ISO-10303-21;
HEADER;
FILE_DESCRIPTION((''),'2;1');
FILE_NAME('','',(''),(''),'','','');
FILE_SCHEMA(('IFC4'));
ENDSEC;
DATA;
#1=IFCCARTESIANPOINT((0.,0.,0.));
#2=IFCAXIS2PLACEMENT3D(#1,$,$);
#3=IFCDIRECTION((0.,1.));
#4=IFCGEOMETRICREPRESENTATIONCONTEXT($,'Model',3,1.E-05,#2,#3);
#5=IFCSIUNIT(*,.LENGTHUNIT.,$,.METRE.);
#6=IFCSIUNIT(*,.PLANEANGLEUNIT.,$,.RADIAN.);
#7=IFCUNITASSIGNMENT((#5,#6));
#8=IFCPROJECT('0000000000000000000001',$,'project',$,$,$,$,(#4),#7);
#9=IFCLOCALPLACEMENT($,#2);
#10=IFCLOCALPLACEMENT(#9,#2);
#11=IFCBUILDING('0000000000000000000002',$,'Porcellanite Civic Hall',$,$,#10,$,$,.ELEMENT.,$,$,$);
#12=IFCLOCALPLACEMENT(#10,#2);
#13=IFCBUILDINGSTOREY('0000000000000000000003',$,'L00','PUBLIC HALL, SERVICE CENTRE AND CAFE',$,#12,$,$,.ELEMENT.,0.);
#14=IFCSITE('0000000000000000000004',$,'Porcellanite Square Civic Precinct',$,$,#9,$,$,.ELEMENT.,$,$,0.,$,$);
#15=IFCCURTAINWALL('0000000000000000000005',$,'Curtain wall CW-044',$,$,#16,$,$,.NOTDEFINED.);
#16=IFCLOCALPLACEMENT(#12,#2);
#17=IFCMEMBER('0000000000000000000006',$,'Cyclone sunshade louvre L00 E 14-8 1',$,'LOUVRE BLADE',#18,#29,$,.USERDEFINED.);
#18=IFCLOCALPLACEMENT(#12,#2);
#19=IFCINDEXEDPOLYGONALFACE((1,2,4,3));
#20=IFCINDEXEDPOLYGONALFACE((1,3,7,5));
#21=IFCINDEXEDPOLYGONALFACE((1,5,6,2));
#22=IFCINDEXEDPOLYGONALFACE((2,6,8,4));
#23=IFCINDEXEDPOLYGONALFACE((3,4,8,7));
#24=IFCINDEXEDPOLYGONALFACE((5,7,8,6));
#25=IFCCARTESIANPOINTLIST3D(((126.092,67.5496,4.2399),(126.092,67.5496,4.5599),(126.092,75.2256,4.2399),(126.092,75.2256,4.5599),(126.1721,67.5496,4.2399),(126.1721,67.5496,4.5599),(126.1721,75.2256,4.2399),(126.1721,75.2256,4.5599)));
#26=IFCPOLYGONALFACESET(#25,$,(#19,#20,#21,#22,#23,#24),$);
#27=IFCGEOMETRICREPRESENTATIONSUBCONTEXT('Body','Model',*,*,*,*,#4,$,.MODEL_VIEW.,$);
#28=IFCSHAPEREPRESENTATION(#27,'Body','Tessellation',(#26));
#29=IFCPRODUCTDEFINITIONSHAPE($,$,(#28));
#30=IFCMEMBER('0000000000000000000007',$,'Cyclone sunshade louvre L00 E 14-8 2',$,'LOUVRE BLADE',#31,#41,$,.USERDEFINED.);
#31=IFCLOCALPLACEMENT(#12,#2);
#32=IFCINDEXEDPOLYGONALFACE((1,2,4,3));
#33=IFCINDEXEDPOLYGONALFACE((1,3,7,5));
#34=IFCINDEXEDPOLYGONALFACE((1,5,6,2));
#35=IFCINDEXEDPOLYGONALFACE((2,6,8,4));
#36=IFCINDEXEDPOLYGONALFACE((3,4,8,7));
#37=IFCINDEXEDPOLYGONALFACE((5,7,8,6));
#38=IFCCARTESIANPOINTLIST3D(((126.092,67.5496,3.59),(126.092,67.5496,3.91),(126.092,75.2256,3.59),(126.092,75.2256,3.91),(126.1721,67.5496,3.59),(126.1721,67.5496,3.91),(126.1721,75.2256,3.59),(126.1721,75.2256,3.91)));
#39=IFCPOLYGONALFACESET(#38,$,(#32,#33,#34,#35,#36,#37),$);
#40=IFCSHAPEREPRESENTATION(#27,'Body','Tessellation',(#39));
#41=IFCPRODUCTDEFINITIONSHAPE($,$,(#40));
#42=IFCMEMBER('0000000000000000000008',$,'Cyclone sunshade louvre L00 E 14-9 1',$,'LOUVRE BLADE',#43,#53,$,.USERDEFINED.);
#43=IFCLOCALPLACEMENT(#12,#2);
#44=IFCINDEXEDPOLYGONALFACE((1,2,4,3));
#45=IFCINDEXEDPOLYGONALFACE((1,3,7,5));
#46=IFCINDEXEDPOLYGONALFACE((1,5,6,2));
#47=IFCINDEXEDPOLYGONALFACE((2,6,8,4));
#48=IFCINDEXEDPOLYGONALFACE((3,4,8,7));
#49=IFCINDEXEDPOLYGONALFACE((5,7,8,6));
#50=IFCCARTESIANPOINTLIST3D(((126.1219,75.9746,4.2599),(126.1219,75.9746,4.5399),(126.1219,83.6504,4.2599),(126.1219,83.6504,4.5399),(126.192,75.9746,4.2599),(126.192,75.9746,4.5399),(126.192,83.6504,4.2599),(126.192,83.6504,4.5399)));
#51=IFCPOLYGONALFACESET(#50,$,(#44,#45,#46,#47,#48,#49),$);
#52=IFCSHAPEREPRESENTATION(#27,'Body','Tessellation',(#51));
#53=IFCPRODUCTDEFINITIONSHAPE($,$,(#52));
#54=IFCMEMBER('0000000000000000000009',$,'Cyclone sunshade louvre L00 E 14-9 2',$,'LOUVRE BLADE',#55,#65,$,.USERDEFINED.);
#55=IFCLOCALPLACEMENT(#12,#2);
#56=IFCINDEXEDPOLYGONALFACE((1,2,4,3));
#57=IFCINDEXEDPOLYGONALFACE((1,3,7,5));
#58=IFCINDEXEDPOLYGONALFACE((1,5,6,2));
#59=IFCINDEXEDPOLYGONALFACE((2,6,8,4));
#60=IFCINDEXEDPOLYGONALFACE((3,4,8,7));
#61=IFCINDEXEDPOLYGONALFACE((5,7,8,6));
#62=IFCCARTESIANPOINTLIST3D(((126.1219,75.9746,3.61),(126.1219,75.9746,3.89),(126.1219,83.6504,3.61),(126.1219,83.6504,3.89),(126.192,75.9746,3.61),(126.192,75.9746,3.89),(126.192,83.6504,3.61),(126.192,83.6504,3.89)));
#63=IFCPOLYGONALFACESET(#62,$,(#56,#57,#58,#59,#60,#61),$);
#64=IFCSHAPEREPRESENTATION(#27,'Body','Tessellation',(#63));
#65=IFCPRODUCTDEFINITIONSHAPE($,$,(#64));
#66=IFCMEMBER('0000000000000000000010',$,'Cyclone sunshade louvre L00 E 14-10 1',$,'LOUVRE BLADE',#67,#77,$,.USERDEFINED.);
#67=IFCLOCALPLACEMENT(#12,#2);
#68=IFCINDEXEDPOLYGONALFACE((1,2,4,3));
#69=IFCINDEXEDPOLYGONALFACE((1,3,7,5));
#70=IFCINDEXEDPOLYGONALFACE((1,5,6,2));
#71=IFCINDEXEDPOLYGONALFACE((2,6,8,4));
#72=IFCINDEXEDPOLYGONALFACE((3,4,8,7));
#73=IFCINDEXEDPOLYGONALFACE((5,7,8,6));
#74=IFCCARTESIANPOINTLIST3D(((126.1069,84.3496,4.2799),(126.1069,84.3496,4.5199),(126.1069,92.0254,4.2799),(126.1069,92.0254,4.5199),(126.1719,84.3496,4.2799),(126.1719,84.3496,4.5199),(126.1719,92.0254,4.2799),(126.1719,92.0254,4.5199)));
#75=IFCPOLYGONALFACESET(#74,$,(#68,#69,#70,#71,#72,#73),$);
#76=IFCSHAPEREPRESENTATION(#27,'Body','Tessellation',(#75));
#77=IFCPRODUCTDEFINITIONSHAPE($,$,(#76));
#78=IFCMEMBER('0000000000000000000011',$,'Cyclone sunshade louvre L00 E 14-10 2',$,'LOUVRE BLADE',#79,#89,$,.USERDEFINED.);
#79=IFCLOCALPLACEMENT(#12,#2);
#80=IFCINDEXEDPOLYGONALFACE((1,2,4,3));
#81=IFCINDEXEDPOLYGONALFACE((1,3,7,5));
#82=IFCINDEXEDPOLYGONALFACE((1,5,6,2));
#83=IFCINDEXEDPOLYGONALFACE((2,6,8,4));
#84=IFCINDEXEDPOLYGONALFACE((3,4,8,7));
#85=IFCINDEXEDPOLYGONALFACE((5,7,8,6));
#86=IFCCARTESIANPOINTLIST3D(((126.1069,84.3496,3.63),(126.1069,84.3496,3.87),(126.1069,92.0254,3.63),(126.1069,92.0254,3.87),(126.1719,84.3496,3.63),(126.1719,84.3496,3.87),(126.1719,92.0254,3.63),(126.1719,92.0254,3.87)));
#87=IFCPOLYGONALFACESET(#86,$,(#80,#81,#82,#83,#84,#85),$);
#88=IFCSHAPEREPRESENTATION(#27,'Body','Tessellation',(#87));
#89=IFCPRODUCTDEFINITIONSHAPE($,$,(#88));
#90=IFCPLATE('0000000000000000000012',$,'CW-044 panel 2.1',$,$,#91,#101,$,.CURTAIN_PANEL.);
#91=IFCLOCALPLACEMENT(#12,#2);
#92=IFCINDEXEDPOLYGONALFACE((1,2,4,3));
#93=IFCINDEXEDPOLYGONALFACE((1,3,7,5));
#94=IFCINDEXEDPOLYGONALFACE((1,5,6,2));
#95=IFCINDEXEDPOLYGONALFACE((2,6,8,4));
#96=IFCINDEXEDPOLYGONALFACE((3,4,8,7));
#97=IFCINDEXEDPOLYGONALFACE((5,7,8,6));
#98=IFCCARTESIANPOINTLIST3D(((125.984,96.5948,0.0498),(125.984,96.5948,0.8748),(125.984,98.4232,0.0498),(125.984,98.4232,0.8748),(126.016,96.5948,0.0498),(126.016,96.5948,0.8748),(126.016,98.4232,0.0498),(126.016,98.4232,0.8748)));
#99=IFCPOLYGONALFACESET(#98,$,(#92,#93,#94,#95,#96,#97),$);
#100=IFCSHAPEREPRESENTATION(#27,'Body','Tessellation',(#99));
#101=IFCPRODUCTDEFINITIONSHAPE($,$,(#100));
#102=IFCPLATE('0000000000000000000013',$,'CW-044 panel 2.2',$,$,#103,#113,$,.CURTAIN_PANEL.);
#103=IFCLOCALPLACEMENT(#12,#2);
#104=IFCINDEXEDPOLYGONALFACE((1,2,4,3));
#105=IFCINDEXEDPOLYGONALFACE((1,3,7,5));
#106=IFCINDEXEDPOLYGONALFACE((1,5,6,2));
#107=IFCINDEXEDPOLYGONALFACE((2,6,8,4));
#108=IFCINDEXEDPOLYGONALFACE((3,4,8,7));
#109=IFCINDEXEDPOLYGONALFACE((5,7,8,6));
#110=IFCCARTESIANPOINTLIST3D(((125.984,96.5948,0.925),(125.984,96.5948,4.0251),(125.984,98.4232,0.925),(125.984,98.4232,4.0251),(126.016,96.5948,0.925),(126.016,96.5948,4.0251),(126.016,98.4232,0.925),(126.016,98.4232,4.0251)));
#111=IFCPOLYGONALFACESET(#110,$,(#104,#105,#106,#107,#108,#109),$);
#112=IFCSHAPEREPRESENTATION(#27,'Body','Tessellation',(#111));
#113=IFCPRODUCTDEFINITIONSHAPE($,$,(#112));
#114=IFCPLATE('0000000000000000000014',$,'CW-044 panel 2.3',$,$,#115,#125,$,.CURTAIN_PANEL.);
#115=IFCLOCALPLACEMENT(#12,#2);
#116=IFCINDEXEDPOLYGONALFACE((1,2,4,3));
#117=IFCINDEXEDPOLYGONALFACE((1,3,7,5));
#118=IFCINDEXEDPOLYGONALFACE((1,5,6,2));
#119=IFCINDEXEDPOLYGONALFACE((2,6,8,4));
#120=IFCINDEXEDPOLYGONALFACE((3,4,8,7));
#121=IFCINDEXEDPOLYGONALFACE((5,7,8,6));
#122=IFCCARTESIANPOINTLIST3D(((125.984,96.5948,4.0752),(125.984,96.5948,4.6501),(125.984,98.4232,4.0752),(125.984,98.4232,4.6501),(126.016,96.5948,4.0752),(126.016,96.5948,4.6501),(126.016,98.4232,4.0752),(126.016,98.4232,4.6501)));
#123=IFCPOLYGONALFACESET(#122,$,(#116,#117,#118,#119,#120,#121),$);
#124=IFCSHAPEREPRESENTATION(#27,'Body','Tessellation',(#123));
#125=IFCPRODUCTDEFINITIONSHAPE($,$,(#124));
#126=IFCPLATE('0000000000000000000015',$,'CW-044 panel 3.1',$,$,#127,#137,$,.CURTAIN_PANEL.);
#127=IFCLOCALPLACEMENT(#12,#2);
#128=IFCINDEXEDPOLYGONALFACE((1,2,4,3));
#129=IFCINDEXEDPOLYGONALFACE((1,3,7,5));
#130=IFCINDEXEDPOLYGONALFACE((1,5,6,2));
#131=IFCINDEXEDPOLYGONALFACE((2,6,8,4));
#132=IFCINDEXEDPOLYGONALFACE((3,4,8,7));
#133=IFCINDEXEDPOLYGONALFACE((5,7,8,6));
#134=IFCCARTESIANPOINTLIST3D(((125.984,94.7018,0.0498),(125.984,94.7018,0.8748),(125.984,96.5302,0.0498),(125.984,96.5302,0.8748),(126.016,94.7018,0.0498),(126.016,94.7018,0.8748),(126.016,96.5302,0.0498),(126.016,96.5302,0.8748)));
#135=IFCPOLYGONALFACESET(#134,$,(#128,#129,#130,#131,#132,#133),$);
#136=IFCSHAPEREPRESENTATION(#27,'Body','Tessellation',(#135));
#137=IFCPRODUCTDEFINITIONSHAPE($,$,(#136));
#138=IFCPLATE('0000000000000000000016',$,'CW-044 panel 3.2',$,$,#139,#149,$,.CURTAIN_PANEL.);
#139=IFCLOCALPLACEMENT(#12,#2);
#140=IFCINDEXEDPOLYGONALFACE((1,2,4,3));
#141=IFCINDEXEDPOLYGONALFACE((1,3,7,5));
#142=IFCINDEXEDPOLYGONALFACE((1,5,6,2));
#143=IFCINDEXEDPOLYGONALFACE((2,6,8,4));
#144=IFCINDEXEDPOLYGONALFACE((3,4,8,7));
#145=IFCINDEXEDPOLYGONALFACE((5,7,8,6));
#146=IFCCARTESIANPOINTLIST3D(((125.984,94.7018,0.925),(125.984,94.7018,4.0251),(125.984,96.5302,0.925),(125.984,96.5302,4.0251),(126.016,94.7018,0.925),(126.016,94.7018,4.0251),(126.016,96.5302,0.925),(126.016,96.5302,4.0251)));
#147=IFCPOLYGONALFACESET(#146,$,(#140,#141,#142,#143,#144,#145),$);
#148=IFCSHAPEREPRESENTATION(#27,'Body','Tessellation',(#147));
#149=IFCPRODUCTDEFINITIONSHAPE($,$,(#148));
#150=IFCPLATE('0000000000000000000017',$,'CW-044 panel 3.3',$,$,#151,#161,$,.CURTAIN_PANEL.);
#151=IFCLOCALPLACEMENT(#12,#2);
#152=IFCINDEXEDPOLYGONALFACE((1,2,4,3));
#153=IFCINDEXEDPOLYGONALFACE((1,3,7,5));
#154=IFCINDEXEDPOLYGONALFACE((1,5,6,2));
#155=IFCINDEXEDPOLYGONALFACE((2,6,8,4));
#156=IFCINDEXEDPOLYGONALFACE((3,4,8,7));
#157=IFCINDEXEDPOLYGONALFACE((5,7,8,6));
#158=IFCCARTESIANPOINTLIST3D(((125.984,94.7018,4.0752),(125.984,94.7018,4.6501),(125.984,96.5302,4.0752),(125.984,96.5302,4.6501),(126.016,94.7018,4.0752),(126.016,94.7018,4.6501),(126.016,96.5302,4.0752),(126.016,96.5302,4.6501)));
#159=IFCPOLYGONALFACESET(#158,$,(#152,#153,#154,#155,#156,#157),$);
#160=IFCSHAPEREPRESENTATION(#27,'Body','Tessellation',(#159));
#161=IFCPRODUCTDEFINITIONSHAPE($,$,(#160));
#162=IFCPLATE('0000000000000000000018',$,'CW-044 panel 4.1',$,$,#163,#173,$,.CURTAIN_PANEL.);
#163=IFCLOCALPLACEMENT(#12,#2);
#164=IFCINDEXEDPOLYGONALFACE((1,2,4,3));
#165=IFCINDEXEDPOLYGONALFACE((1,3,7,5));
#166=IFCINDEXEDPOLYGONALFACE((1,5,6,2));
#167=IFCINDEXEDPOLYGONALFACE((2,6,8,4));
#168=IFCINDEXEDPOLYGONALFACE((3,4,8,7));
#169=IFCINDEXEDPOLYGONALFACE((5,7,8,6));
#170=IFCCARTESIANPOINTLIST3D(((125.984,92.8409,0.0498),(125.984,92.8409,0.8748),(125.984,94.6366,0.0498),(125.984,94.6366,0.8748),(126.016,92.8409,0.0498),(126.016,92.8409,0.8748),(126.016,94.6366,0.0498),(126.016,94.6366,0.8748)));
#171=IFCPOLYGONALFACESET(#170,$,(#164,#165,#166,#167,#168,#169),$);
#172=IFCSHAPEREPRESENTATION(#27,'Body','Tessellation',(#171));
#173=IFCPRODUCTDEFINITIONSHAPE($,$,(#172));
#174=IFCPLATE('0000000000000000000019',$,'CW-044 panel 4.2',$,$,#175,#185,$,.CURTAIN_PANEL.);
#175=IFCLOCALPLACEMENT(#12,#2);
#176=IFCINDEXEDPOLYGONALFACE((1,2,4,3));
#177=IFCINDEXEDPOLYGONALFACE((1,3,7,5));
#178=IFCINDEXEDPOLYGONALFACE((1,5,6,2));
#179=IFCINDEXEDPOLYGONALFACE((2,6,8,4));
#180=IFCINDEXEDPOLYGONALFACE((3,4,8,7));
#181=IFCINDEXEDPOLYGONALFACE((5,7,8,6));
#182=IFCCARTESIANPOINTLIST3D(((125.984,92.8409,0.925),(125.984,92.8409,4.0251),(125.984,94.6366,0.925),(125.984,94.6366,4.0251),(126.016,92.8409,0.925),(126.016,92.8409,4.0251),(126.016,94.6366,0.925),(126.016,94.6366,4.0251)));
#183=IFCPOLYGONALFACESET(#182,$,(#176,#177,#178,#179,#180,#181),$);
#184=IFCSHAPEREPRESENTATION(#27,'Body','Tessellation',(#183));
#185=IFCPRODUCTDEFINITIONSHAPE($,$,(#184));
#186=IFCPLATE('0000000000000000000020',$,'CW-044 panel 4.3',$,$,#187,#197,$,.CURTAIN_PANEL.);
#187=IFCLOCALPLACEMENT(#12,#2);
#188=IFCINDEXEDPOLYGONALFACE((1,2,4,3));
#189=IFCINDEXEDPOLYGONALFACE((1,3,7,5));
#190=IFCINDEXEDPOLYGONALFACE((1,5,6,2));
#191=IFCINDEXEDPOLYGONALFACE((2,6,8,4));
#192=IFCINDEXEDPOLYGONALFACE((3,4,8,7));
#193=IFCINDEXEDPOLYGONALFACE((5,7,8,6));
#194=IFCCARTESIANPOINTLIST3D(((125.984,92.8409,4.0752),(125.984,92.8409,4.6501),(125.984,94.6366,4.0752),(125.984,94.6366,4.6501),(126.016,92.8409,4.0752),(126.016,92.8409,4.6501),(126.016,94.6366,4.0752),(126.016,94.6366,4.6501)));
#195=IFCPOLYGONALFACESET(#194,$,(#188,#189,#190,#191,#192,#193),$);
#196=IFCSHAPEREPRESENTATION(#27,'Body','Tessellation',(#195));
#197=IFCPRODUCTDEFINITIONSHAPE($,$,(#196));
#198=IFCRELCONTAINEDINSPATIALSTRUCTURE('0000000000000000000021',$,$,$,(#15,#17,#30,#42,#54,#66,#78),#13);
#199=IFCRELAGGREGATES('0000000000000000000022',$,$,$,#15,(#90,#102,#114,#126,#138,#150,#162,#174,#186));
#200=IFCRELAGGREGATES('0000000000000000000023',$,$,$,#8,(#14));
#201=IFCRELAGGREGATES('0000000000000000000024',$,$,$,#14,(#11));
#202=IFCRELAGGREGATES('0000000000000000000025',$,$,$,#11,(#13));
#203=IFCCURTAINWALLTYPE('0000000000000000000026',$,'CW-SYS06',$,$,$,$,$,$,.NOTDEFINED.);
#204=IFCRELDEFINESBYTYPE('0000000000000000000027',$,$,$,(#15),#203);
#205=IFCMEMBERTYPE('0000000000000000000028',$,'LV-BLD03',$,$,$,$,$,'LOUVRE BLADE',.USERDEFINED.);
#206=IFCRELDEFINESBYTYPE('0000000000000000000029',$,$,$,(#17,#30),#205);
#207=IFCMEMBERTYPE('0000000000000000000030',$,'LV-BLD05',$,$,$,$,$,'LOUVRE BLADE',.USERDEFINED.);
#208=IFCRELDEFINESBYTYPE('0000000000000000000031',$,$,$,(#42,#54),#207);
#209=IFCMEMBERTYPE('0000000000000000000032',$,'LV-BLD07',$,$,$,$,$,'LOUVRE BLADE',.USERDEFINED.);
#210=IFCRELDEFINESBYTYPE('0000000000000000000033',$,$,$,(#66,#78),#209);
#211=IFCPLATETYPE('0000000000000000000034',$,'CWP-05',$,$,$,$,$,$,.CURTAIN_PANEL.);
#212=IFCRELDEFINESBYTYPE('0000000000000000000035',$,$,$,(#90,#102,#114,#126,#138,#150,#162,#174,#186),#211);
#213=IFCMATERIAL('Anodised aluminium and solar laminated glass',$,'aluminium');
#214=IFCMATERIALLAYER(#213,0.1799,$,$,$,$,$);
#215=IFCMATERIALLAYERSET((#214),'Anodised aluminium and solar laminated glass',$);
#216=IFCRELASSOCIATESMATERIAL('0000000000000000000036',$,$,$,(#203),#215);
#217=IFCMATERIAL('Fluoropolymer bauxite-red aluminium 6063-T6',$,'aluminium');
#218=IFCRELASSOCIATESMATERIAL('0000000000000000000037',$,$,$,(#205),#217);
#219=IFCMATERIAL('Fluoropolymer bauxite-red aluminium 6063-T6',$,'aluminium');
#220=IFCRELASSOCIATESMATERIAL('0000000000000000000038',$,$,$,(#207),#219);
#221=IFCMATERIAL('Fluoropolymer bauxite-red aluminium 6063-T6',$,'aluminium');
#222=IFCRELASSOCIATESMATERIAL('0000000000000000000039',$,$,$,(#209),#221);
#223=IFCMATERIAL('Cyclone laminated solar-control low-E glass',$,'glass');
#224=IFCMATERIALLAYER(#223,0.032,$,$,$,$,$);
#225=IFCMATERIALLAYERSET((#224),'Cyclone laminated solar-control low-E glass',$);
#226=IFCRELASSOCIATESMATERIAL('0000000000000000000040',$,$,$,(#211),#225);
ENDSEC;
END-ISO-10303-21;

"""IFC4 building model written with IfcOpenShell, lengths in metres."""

from ifc_helpers import new_model, si_unit, direction, frame, origin, origin_2d, place, context, subcontext, project, spatial, rectangle, extrude, material, layer, layer_set, material_profile, profile_set, type_object, element, aggregate, save


model = new_model("IFC4")

# Units and contexts
model_context = context("Model", 3, precision=1e-05, world=origin(), true_north=direction((0.0, 1.0)))
body_context = subcontext(model_context, "Body", "Model", "MODEL_VIEW")
ifc_project = project(units=[si_unit("LENGTHUNIT", "METRE"), si_unit("PLANEANGLEUNIT", "RADIAN")], contexts=[model_context])

# Site, building, storey
site_placement = place(None, origin())
site = spatial("IfcSite", under=ifc_project, at=site_placement, Name="Porcellanite Square Civic Precinct", CompositionType="ELEMENT", RefElevation=0.0)
building_placement = place(site_placement, origin())
building = spatial("IfcBuilding", under=site, at=building_placement, Name="Porcellanite Civic Hall", CompositionType="ELEMENT")
storey_placement = place(building_placement, origin())
storey = spatial("IfcBuildingStorey", under=building, at=storey_placement, Name="L00", Description="PUBLIC HALL, SERVICE CENTRE AND CAFE", CompositionType="ELEMENT", Elevation=0.0)

# Curtain wall
ifc_material_1 = material(Name="Anodised aluminium and solar laminated glass", Category="aluminium")
ifc_layer_1 = layer(ifc_material_1, 0.1799)
ifc_layer_set_1 = layer_set([ifc_layer_1], Name="Anodised aluminium and solar laminated glass")
curtain_wall_type = type_object("IfcCurtainWallType", Name="CW-SYS06", PredefinedType="NOTDEFINED", material=ifc_layer_set_1)
curtain_wall_placement = place(storey_placement, origin())
curtain_wall = element("IfcCurtainWall", 1, at=curtain_wall_placement, inside=storey, type_object=curtain_wall_type, Name="Curtain wall CW-044", PredefinedType="NOTDEFINED")

# Members
ifc_material_2 = material(Name="Fluoropolymer bauxite-red aluminium 6063-T6", Category="aluminium")
ifc_material_profile_1 = material_profile(ifc_material_2, rectangle(XDim=0.0801, YDim=0.3201, at=origin_2d()), Name="AL-80x320")
ifc_profile_set_1 = profile_set([ifc_material_profile_1], Name="Fluoropolymer bauxite-red aluminium 6063-T6")
member_type_1 = type_object("IfcMemberType", Name="LV-BLD03", ElementType="LOUVRE BLADE", PredefinedType="USERDEFINED", material=ifc_profile_set_1)
for number, where, z_axis, x_axis, name in (
    (2, (126.1321, 75.2256, 4.3999), (0.0, -1.0, 0.0), (1.0, 0.0, 0.0), "Cyclone sunshade louvre L00 E 14-8 1"),
    (3, (126.1321, 75.2256, 3.75), (0.0, -1.0, 0.0), (1.0, 0.0, 0.0), "Cyclone sunshade louvre L00 E 14-8 2"),
):
    element("IfcMember", number, at=place(storey_placement, frame(where, z_axis=z_axis, x_axis=x_axis)), inside=storey, type_object=member_type_1, Name=name, ObjectType="LOUVRE BLADE", PredefinedType="USERDEFINED", context=body_context, shape_type="SweptSolid", body=[
        extrude(rectangle(XDim=0.0801, YDim=0.3201, at=origin_2d()), origin(), (0.0, 0.0, 1.0), 7.676),
    ])
ifc_material_3 = material(Name="Fluoropolymer bauxite-red aluminium 6063-T6", Category="aluminium")
ifc_material_profile_2 = material_profile(ifc_material_3, rectangle(XDim=0.0701, YDim=0.28, at=origin_2d()), Name="AL-70x280")
ifc_profile_set_2 = profile_set([ifc_material_profile_2], Name="Fluoropolymer bauxite-red aluminium 6063-T6")
member_type_2 = type_object("IfcMemberType", Name="LV-BLD05", ElementType="LOUVRE BLADE", PredefinedType="USERDEFINED", material=ifc_profile_set_2)
for number, where, z_axis, x_axis, name in (
    (4, (126.157, 83.6504, 4.3999), (0.0, -1.0, 0.0), (1.0, 0.0, 0.0), "Cyclone sunshade louvre L00 E 14-9 1"),
    (5, (126.157, 83.6504, 3.75), (0.0, -1.0, 0.0), (1.0, 0.0, 0.0), "Cyclone sunshade louvre L00 E 14-9 2"),
):
    element("IfcMember", number, at=place(storey_placement, frame(where, z_axis=z_axis, x_axis=x_axis)), inside=storey, type_object=member_type_2, Name=name, ObjectType="LOUVRE BLADE", PredefinedType="USERDEFINED", context=body_context, shape_type="SweptSolid", body=[
        extrude(rectangle(XDim=0.0701, YDim=0.28, at=origin_2d()), origin(), (0.0, 0.0, 1.0), 7.6758),
    ])
ifc_material_4 = material(Name="Fluoropolymer bauxite-red aluminium 6063-T6", Category="aluminium")
ifc_material_profile_3 = material_profile(ifc_material_4, rectangle(XDim=0.0649, YDim=0.24, at=origin_2d()), Name="AL-65x240")
ifc_profile_set_3 = profile_set([ifc_material_profile_3], Name="Fluoropolymer bauxite-red aluminium 6063-T6")
member_type_3 = type_object("IfcMemberType", Name="LV-BLD07", ElementType="LOUVRE BLADE", PredefinedType="USERDEFINED", material=ifc_profile_set_3)
for number, where, z_axis, x_axis, name in (
    (6, (126.1394, 92.0254, 4.3999), (0.0, -1.0, 0.0), (1.0, 0.0, 0.0), "Cyclone sunshade louvre L00 E 14-10 1"),
    (7, (126.1394, 92.0254, 3.75), (0.0, -1.0, 0.0), (1.0, 0.0, 0.0), "Cyclone sunshade louvre L00 E 14-10 2"),
):
    element("IfcMember", number, at=place(storey_placement, frame(where, z_axis=z_axis, x_axis=x_axis)), inside=storey, type_object=member_type_3, Name=name, ObjectType="LOUVRE BLADE", PredefinedType="USERDEFINED", context=body_context, shape_type="SweptSolid", body=[
        extrude(rectangle(XDim=0.0649, YDim=0.24, at=origin_2d()), origin(), (0.0, 0.0, 1.0), 7.6758),
    ])

# Plates
ifc_material_5 = material(Name="Cyclone laminated solar-control low-E glass", Category="glass")
ifc_layer_2 = layer(ifc_material_5, 0.032)
ifc_layer_set_2 = layer_set([ifc_layer_2], Name="Cyclone laminated solar-control low-E glass")
plate_type = type_object("IfcPlateType", Name="CWP-05", PredefinedType="CURTAIN_PANEL", material=ifc_layer_set_2)
plate_1_placement = place(storey_placement, frame((126.0, 97.509, 0.0498), z_axis=(0.0, 0.0, 1.0), x_axis=(0.0, -1.0, 0.0)))
plate_1 = element("IfcPlate", 8, at=plate_1_placement, type_object=plate_type, Name="CW-044 panel 2.1", PredefinedType="CURTAIN_PANEL", context=body_context, shape_type="SweptSolid", body=[
    extrude(rectangle(XDim=1.8284, YDim=0.032, at=origin_2d()), origin(), (0.0, 0.0, 1.0), 0.825),
])
plate_2_placement = place(storey_placement, frame((126.0, 97.509, 0.925), z_axis=(0.0, 0.0, 1.0), x_axis=(0.0, -1.0, 0.0)))
plate_2 = element("IfcPlate", 9, at=plate_2_placement, type_object=plate_type, Name="CW-044 panel 2.2", PredefinedType="CURTAIN_PANEL", context=body_context, shape_type="SweptSolid", body=[
    extrude(rectangle(XDim=1.8284, YDim=0.032, at=origin_2d()), origin(), (0.0, 0.0, 1.0), 3.1001),
])
plate_3_placement = place(storey_placement, frame((126.0, 97.509, 4.0752), z_axis=(0.0, 0.0, 1.0), x_axis=(0.0, -1.0, 0.0)))
plate_3 = element("IfcPlate", 10, at=plate_3_placement, type_object=plate_type, Name="CW-044 panel 2.3", PredefinedType="CURTAIN_PANEL", context=body_context, shape_type="SweptSolid", body=[
    extrude(rectangle(XDim=1.8284, YDim=0.032, at=origin_2d()), origin(), (0.0, 0.0, 1.0), 0.575),
])
plate_4_placement = place(storey_placement, frame((126.0, 95.616, 0.0498), z_axis=(0.0, 0.0, 1.0), x_axis=(0.0, -1.0, 0.0)))
plate_4 = element("IfcPlate", 11, at=plate_4_placement, type_object=plate_type, Name="CW-044 panel 3.1", PredefinedType="CURTAIN_PANEL", context=body_context, shape_type="SweptSolid", body=[
    extrude(rectangle(XDim=1.8284, YDim=0.032, at=origin_2d()), origin(), (0.0, 0.0, 1.0), 0.825),
])
plate_5_placement = place(storey_placement, frame((126.0, 95.616, 0.925), z_axis=(0.0, 0.0, 1.0), x_axis=(0.0, -1.0, 0.0)))
plate_5 = element("IfcPlate", 12, at=plate_5_placement, type_object=plate_type, Name="CW-044 panel 3.2", PredefinedType="CURTAIN_PANEL", context=body_context, shape_type="SweptSolid", body=[
    extrude(rectangle(XDim=1.8284, YDim=0.032, at=origin_2d()), origin(), (0.0, 0.0, 1.0), 3.1001),
])
plate_6_placement = place(storey_placement, frame((126.0, 95.616, 4.0752), z_axis=(0.0, 0.0, 1.0), x_axis=(0.0, -1.0, 0.0)))
plate_6 = element("IfcPlate", 13, at=plate_6_placement, type_object=plate_type, Name="CW-044 panel 3.3", PredefinedType="CURTAIN_PANEL", context=body_context, shape_type="SweptSolid", body=[
    extrude(rectangle(XDim=1.8284, YDim=0.032, at=origin_2d()), origin(), (0.0, 0.0, 1.0), 0.575),
])
plate_7_placement = place(storey_placement, frame((126.0, 93.7388, 0.0498), z_axis=(0.0, 0.0, 1.0), x_axis=(0.0, -1.0, 0.0)))
plate_7 = element("IfcPlate", 14, at=plate_7_placement, type_object=plate_type, Name="CW-044 panel 4.1", PredefinedType="CURTAIN_PANEL", context=body_context, shape_type="SweptSolid", body=[
    extrude(rectangle(XDim=1.7957, YDim=0.032, at=origin_2d()), origin(), (0.0, 0.0, 1.0), 0.825),
])
plate_8_placement = place(storey_placement, frame((126.0, 93.7388, 0.925), z_axis=(0.0, 0.0, 1.0), x_axis=(0.0, -1.0, 0.0)))
plate_8 = element("IfcPlate", 15, at=plate_8_placement, type_object=plate_type, Name="CW-044 panel 4.2", PredefinedType="CURTAIN_PANEL", context=body_context, shape_type="SweptSolid", body=[
    extrude(rectangle(XDim=1.7957, YDim=0.032, at=origin_2d()), origin(), (0.0, 0.0, 1.0), 3.1001),
])
plate_9_placement = place(storey_placement, frame((126.0, 93.7388, 4.0752), z_axis=(0.0, 0.0, 1.0), x_axis=(0.0, -1.0, 0.0)))
plate_9 = element("IfcPlate", 16, at=plate_9_placement, type_object=plate_type, Name="CW-044 panel 4.3", PredefinedType="CURTAIN_PANEL", context=body_context, shape_type="SweptSolid", body=[
    extrude(rectangle(XDim=1.7957, YDim=0.032, at=origin_2d()), origin(), (0.0, 0.0, 1.0), 0.575),
])
aggregate(curtain_wall, [plate_1, plate_2, plate_3, plate_4, plate_5, plate_6, plate_7, plate_8, plate_9])

save(model, "model.ifc")
